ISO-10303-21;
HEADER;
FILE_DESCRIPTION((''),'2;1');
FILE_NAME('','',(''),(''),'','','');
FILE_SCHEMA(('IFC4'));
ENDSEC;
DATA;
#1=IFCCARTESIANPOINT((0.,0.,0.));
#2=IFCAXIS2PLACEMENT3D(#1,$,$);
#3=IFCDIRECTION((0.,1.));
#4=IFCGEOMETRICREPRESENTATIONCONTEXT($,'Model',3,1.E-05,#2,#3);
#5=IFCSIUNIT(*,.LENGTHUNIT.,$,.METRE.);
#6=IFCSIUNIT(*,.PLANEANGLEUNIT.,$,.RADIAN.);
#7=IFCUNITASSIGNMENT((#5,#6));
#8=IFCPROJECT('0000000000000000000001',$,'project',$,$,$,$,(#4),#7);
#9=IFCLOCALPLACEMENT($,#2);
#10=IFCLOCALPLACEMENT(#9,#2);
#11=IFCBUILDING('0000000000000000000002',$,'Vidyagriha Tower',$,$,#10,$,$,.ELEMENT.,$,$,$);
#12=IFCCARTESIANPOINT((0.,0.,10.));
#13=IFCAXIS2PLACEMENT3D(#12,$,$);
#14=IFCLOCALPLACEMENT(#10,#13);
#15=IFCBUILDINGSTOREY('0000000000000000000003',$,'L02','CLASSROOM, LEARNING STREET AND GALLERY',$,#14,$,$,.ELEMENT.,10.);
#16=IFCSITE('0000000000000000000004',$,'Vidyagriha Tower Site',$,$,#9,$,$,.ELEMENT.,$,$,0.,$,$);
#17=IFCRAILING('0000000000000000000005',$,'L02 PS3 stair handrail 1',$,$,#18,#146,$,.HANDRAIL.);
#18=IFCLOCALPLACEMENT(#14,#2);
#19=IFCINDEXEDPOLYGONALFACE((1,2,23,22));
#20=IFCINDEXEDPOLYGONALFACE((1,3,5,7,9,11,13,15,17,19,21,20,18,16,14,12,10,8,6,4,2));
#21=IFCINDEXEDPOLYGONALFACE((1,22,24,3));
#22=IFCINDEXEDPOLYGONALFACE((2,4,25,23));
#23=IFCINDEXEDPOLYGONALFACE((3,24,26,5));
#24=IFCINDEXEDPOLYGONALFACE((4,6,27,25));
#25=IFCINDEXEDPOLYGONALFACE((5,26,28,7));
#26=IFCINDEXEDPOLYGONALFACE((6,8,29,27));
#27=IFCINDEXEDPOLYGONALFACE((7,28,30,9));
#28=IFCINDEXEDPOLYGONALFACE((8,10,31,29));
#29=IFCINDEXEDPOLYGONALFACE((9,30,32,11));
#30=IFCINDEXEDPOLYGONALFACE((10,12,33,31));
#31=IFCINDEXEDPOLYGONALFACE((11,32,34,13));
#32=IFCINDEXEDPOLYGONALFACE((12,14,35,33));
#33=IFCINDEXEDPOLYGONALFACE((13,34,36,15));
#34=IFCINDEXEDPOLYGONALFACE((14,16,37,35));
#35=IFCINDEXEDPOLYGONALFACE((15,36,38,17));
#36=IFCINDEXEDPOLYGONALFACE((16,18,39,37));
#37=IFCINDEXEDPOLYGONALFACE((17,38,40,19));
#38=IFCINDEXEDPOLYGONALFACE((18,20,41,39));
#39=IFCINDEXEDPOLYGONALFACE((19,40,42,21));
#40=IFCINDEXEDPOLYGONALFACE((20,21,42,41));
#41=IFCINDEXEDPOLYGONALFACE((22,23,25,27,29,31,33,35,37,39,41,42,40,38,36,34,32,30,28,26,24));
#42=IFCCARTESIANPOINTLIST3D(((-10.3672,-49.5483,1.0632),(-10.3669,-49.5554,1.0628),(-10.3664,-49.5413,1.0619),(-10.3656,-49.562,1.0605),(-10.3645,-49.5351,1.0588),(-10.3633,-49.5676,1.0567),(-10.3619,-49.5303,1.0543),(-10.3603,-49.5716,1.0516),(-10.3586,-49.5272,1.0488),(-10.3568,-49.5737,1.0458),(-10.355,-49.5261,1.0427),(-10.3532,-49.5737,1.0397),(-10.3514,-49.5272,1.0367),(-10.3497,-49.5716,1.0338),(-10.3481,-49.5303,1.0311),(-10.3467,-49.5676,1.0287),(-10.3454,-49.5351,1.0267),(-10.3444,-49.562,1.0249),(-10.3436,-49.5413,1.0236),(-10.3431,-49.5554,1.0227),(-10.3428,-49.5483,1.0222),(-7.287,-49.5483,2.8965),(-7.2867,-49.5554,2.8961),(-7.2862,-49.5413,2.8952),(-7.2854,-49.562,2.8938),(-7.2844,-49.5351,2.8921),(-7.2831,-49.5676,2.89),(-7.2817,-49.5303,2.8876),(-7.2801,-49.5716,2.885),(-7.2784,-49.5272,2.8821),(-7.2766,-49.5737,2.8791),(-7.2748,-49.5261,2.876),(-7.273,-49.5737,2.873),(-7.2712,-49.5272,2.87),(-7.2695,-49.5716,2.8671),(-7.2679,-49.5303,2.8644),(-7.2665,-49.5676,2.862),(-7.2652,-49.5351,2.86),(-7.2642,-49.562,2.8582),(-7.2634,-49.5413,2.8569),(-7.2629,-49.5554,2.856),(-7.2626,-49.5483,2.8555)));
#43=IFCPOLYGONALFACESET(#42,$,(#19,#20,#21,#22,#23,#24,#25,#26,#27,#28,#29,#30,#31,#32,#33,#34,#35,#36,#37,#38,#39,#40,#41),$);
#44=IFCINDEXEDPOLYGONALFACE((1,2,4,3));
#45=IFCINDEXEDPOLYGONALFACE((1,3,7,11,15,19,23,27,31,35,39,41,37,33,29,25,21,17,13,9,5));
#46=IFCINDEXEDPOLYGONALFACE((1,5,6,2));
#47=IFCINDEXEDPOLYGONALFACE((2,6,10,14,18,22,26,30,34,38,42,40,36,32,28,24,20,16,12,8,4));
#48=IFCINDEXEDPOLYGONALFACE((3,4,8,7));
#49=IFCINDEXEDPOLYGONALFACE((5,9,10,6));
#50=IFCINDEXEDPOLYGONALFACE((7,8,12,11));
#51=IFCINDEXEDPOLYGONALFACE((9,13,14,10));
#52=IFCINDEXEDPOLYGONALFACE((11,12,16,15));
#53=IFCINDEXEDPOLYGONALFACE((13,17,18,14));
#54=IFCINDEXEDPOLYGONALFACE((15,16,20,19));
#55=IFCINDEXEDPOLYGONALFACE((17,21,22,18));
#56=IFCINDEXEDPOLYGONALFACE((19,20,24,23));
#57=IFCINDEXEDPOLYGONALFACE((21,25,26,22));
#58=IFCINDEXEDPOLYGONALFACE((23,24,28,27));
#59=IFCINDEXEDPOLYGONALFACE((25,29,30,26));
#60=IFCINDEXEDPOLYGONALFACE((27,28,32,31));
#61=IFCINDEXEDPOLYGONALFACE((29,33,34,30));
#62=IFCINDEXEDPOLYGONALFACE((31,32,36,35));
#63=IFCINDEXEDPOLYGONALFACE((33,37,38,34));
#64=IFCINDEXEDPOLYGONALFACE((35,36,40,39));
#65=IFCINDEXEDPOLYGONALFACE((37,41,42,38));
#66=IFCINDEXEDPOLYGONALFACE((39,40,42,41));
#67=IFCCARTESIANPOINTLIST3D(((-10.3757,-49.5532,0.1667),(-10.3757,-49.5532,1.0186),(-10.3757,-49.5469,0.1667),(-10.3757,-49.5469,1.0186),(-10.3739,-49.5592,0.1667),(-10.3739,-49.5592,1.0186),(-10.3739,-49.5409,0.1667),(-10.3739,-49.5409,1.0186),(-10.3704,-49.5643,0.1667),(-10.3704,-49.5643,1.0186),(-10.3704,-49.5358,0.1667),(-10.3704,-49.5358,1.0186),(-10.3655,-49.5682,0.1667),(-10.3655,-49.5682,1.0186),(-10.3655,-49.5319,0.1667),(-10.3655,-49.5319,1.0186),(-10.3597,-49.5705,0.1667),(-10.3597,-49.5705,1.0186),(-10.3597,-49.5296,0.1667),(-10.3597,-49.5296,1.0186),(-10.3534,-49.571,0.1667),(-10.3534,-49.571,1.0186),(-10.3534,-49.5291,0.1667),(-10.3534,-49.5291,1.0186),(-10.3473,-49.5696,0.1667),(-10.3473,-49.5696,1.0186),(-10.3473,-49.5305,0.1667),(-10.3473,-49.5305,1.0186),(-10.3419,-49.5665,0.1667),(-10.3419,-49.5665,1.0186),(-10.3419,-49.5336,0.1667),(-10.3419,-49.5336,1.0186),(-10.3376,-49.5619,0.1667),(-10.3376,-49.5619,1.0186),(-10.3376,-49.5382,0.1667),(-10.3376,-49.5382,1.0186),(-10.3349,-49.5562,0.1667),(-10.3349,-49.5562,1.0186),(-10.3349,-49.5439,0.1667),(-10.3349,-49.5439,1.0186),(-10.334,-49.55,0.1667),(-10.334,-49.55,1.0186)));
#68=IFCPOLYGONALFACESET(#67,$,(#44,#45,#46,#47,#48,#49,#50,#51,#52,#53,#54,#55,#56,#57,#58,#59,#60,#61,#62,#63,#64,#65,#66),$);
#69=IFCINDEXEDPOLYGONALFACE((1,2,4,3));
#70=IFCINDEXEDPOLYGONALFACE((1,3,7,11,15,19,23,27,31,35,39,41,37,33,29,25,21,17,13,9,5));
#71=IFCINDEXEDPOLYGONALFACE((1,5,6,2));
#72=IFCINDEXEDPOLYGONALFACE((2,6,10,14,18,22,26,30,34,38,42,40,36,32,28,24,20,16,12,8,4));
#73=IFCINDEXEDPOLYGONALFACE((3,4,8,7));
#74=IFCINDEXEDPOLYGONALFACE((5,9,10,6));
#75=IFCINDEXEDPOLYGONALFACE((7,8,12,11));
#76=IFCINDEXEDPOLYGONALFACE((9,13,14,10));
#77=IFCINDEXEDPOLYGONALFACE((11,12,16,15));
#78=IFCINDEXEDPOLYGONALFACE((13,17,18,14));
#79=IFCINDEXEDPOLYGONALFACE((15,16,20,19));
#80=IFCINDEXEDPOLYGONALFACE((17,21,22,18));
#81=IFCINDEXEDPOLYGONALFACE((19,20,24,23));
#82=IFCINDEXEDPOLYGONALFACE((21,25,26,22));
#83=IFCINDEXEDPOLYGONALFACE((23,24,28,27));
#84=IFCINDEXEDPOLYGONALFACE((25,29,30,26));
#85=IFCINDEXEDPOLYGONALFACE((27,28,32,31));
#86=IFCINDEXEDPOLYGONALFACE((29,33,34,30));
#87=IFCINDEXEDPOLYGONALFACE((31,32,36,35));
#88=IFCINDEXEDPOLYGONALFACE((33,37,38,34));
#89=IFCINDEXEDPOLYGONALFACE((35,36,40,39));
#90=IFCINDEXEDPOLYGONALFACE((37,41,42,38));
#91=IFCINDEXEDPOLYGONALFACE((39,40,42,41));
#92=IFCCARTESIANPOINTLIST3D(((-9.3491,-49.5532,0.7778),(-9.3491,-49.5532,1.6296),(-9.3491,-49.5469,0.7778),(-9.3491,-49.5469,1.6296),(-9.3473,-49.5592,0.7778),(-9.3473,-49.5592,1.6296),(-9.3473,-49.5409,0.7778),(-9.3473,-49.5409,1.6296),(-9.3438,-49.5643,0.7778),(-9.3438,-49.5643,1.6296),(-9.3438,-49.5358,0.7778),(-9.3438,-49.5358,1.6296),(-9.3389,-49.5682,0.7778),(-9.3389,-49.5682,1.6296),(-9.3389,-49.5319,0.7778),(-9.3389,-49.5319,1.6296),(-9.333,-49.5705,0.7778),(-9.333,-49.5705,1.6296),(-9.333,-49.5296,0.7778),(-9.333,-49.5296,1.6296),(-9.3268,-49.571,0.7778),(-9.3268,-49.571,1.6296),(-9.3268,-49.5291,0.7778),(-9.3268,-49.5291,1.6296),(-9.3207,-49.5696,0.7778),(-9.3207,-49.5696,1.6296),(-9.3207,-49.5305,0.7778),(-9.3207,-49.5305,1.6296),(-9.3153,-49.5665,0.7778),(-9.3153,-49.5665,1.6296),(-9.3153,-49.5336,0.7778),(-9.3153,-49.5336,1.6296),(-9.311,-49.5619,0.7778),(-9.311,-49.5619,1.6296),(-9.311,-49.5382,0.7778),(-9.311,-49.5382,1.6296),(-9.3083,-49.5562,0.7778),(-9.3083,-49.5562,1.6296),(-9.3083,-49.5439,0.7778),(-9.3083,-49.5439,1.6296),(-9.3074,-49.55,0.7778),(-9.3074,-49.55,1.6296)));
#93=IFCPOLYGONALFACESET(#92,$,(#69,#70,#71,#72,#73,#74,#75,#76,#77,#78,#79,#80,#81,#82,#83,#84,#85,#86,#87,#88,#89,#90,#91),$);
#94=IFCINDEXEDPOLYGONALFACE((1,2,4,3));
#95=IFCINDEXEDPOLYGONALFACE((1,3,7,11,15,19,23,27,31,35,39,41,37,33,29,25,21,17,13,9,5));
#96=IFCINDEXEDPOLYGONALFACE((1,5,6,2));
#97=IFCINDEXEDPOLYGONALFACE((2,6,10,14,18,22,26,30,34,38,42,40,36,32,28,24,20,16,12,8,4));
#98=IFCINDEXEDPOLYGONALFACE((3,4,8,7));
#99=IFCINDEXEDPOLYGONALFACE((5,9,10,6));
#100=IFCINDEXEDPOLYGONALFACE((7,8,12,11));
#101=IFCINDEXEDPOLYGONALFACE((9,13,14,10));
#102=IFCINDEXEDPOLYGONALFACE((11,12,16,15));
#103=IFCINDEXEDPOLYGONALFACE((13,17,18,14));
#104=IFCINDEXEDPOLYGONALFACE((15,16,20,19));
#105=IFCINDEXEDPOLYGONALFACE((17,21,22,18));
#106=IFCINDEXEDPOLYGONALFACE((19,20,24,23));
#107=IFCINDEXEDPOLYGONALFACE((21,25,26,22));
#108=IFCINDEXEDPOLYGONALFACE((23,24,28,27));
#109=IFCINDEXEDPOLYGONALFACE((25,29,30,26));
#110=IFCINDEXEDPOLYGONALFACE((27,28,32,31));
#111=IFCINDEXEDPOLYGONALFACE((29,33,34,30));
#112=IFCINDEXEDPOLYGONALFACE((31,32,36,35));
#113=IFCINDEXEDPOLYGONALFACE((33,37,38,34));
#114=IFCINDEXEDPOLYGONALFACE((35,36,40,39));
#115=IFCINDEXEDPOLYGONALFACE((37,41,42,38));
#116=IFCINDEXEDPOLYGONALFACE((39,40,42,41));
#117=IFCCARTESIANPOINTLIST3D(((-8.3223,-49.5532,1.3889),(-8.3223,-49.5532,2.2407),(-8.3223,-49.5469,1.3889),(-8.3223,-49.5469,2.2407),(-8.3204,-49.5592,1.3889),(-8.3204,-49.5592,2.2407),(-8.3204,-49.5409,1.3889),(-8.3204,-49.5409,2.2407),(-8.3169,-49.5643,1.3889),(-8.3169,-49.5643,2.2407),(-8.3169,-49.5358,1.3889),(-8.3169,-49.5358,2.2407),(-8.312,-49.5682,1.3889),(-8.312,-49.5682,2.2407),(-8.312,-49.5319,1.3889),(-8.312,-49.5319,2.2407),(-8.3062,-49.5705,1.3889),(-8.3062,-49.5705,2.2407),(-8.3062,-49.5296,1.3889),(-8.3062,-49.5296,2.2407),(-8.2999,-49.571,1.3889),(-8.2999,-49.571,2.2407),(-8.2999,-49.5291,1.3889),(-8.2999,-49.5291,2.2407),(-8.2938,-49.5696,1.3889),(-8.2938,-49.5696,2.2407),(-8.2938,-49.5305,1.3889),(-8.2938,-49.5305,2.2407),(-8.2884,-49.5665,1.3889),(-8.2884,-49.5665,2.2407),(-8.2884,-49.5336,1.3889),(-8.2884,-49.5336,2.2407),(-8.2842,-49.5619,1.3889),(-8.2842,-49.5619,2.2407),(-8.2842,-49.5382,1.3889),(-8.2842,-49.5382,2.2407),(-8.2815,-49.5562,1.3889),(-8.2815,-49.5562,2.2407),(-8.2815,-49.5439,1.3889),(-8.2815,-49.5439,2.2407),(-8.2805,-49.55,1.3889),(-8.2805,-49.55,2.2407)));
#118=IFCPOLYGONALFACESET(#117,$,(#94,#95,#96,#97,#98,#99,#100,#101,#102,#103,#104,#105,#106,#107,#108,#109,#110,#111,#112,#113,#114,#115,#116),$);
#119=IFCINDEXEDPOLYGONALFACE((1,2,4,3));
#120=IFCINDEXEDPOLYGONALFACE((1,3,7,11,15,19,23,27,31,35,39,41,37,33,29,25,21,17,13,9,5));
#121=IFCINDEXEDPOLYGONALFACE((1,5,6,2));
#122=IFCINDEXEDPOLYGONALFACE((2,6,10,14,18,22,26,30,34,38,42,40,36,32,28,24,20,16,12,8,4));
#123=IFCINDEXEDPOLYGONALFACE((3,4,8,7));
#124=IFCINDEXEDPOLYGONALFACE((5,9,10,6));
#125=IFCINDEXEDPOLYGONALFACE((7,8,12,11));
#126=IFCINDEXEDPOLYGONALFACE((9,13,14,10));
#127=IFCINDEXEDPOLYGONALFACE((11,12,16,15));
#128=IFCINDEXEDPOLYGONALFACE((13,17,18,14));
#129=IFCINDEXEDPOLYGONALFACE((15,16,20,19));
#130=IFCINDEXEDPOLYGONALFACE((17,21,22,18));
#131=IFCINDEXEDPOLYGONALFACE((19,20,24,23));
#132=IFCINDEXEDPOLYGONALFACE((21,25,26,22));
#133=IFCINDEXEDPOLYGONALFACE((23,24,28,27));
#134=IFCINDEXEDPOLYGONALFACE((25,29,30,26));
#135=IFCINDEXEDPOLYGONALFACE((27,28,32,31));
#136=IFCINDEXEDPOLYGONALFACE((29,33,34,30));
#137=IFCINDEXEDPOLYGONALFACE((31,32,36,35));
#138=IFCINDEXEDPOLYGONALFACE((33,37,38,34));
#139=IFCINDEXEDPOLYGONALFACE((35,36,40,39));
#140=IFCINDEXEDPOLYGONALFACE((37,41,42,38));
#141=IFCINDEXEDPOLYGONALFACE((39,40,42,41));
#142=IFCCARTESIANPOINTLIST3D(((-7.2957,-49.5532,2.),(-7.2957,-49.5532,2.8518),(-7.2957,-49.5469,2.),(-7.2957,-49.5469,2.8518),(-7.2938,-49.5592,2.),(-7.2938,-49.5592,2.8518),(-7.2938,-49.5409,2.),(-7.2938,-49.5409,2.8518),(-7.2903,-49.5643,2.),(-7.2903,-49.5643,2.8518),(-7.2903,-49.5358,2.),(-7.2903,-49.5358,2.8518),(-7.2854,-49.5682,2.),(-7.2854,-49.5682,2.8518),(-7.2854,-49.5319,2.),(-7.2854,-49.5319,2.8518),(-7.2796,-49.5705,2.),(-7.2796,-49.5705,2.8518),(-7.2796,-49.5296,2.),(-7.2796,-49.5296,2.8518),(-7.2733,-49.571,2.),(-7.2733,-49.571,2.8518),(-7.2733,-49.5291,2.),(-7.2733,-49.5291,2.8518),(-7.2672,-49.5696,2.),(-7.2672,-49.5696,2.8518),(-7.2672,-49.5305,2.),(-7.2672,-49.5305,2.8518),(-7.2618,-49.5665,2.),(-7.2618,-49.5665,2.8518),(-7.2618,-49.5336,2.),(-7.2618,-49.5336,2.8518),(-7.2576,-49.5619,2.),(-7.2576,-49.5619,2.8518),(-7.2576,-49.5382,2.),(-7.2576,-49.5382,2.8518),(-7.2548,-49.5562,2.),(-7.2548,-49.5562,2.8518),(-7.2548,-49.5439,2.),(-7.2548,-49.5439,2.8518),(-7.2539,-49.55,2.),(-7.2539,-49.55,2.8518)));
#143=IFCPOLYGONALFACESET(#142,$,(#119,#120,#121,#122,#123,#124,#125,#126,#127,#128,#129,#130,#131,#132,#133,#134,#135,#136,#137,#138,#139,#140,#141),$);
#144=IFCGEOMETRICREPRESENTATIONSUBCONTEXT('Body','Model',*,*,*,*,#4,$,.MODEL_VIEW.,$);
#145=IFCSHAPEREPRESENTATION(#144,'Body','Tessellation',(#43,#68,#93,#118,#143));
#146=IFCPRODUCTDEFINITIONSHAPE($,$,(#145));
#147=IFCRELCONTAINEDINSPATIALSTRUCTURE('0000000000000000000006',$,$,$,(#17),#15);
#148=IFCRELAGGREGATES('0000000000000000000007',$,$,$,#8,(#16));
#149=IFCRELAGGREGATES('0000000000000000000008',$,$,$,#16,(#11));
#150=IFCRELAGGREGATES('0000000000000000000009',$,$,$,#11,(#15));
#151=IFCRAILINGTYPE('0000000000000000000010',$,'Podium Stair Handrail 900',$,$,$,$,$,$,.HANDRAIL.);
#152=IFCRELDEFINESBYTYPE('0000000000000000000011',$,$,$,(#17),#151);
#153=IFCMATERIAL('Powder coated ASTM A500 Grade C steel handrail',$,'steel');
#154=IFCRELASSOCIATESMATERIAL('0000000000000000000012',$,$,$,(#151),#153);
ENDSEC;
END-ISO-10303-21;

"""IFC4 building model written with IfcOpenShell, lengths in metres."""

from ifc_helpers import new_model, si_unit, direction, frame, origin, origin_2d, place, context, subcontext, project, spatial, circle, extrude, material, type_object, element, save


model = new_model("IFC4")

# Units and contexts
model_context = context("Model", 3, precision=1e-05, world=origin(), true_north=direction((0.0, 1.0)))
body_context = subcontext(model_context, "Body", "Model", "MODEL_VIEW")
ifc_project = project(units=[si_unit("LENGTHUNIT", "METRE"), si_unit("PLANEANGLEUNIT", "RADIAN")], contexts=[model_context])

# Site, building, storey
site_placement = place(None, origin())
site = spatial("IfcSite", under=ifc_project, at=site_placement, Name="Vidyagriha Tower Site", CompositionType="ELEMENT", RefElevation=0.0)
building_placement = place(site_placement, origin())
building = spatial("IfcBuilding", under=site, at=building_placement, Name="Vidyagriha Tower", CompositionType="ELEMENT")
storey_placement = place(building_placement, frame((0.0, 0.0, 10.0)))
storey = spatial("IfcBuildingStorey", under=building, at=storey_placement, Name="L02", Description="CLASSROOM, LEARNING STREET AND GALLERY", CompositionType="ELEMENT", Elevation=10.0)

# Railing
ifc_material_1 = material(Name="Powder coated ASTM A500 Grade C steel handrail", Category="steel")
railing_type_1 = type_object("IfcRailingType", Name="Podium Stair Handrail 900", PredefinedType="HANDRAIL", material=ifc_material_1)
railing_1_placement = place(storey_placement, frame((-10.355, -49.55, 0.1667)))
element("IfcRailing", 1, at=railing_1_placement, inside=storey, type_object=railing_type_1, Name="L02 PS3 stair handrail 1", PredefinedType="HANDRAIL", context=body_context, shape_type="SweptSolid", body=[
    extrude(circle(Radius=0.0239, at=origin_2d()), frame((0.0, 0.0, 0.876), z_axis=(0.859309, 0.0, 0.511458), x_axis=(0.0, 1.0, 0.0)), (0.0, 0.0, 1.0), 3.5845),
    extrude(circle(Radius=0.021, at=origin_2d()), origin(), (0.0, 0.0, 1.0), 0.8518),
    extrude(circle(Radius=0.021, at=origin_2d()), frame((1.0266, 0.0, 0.6111)), (0.0, 0.0, 1.0), 0.8518),
    extrude(circle(Radius=0.021, at=origin_2d()), frame((2.0535, 0.0, 1.2222)), (0.0, 0.0, 1.0), 0.8518),
    extrude(circle(Radius=0.021, at=origin_2d()), frame((3.0801, 0.0, 1.8333)), (0.0, 0.0, 1.0), 0.8518),
])

save(model, "model.ifc")
